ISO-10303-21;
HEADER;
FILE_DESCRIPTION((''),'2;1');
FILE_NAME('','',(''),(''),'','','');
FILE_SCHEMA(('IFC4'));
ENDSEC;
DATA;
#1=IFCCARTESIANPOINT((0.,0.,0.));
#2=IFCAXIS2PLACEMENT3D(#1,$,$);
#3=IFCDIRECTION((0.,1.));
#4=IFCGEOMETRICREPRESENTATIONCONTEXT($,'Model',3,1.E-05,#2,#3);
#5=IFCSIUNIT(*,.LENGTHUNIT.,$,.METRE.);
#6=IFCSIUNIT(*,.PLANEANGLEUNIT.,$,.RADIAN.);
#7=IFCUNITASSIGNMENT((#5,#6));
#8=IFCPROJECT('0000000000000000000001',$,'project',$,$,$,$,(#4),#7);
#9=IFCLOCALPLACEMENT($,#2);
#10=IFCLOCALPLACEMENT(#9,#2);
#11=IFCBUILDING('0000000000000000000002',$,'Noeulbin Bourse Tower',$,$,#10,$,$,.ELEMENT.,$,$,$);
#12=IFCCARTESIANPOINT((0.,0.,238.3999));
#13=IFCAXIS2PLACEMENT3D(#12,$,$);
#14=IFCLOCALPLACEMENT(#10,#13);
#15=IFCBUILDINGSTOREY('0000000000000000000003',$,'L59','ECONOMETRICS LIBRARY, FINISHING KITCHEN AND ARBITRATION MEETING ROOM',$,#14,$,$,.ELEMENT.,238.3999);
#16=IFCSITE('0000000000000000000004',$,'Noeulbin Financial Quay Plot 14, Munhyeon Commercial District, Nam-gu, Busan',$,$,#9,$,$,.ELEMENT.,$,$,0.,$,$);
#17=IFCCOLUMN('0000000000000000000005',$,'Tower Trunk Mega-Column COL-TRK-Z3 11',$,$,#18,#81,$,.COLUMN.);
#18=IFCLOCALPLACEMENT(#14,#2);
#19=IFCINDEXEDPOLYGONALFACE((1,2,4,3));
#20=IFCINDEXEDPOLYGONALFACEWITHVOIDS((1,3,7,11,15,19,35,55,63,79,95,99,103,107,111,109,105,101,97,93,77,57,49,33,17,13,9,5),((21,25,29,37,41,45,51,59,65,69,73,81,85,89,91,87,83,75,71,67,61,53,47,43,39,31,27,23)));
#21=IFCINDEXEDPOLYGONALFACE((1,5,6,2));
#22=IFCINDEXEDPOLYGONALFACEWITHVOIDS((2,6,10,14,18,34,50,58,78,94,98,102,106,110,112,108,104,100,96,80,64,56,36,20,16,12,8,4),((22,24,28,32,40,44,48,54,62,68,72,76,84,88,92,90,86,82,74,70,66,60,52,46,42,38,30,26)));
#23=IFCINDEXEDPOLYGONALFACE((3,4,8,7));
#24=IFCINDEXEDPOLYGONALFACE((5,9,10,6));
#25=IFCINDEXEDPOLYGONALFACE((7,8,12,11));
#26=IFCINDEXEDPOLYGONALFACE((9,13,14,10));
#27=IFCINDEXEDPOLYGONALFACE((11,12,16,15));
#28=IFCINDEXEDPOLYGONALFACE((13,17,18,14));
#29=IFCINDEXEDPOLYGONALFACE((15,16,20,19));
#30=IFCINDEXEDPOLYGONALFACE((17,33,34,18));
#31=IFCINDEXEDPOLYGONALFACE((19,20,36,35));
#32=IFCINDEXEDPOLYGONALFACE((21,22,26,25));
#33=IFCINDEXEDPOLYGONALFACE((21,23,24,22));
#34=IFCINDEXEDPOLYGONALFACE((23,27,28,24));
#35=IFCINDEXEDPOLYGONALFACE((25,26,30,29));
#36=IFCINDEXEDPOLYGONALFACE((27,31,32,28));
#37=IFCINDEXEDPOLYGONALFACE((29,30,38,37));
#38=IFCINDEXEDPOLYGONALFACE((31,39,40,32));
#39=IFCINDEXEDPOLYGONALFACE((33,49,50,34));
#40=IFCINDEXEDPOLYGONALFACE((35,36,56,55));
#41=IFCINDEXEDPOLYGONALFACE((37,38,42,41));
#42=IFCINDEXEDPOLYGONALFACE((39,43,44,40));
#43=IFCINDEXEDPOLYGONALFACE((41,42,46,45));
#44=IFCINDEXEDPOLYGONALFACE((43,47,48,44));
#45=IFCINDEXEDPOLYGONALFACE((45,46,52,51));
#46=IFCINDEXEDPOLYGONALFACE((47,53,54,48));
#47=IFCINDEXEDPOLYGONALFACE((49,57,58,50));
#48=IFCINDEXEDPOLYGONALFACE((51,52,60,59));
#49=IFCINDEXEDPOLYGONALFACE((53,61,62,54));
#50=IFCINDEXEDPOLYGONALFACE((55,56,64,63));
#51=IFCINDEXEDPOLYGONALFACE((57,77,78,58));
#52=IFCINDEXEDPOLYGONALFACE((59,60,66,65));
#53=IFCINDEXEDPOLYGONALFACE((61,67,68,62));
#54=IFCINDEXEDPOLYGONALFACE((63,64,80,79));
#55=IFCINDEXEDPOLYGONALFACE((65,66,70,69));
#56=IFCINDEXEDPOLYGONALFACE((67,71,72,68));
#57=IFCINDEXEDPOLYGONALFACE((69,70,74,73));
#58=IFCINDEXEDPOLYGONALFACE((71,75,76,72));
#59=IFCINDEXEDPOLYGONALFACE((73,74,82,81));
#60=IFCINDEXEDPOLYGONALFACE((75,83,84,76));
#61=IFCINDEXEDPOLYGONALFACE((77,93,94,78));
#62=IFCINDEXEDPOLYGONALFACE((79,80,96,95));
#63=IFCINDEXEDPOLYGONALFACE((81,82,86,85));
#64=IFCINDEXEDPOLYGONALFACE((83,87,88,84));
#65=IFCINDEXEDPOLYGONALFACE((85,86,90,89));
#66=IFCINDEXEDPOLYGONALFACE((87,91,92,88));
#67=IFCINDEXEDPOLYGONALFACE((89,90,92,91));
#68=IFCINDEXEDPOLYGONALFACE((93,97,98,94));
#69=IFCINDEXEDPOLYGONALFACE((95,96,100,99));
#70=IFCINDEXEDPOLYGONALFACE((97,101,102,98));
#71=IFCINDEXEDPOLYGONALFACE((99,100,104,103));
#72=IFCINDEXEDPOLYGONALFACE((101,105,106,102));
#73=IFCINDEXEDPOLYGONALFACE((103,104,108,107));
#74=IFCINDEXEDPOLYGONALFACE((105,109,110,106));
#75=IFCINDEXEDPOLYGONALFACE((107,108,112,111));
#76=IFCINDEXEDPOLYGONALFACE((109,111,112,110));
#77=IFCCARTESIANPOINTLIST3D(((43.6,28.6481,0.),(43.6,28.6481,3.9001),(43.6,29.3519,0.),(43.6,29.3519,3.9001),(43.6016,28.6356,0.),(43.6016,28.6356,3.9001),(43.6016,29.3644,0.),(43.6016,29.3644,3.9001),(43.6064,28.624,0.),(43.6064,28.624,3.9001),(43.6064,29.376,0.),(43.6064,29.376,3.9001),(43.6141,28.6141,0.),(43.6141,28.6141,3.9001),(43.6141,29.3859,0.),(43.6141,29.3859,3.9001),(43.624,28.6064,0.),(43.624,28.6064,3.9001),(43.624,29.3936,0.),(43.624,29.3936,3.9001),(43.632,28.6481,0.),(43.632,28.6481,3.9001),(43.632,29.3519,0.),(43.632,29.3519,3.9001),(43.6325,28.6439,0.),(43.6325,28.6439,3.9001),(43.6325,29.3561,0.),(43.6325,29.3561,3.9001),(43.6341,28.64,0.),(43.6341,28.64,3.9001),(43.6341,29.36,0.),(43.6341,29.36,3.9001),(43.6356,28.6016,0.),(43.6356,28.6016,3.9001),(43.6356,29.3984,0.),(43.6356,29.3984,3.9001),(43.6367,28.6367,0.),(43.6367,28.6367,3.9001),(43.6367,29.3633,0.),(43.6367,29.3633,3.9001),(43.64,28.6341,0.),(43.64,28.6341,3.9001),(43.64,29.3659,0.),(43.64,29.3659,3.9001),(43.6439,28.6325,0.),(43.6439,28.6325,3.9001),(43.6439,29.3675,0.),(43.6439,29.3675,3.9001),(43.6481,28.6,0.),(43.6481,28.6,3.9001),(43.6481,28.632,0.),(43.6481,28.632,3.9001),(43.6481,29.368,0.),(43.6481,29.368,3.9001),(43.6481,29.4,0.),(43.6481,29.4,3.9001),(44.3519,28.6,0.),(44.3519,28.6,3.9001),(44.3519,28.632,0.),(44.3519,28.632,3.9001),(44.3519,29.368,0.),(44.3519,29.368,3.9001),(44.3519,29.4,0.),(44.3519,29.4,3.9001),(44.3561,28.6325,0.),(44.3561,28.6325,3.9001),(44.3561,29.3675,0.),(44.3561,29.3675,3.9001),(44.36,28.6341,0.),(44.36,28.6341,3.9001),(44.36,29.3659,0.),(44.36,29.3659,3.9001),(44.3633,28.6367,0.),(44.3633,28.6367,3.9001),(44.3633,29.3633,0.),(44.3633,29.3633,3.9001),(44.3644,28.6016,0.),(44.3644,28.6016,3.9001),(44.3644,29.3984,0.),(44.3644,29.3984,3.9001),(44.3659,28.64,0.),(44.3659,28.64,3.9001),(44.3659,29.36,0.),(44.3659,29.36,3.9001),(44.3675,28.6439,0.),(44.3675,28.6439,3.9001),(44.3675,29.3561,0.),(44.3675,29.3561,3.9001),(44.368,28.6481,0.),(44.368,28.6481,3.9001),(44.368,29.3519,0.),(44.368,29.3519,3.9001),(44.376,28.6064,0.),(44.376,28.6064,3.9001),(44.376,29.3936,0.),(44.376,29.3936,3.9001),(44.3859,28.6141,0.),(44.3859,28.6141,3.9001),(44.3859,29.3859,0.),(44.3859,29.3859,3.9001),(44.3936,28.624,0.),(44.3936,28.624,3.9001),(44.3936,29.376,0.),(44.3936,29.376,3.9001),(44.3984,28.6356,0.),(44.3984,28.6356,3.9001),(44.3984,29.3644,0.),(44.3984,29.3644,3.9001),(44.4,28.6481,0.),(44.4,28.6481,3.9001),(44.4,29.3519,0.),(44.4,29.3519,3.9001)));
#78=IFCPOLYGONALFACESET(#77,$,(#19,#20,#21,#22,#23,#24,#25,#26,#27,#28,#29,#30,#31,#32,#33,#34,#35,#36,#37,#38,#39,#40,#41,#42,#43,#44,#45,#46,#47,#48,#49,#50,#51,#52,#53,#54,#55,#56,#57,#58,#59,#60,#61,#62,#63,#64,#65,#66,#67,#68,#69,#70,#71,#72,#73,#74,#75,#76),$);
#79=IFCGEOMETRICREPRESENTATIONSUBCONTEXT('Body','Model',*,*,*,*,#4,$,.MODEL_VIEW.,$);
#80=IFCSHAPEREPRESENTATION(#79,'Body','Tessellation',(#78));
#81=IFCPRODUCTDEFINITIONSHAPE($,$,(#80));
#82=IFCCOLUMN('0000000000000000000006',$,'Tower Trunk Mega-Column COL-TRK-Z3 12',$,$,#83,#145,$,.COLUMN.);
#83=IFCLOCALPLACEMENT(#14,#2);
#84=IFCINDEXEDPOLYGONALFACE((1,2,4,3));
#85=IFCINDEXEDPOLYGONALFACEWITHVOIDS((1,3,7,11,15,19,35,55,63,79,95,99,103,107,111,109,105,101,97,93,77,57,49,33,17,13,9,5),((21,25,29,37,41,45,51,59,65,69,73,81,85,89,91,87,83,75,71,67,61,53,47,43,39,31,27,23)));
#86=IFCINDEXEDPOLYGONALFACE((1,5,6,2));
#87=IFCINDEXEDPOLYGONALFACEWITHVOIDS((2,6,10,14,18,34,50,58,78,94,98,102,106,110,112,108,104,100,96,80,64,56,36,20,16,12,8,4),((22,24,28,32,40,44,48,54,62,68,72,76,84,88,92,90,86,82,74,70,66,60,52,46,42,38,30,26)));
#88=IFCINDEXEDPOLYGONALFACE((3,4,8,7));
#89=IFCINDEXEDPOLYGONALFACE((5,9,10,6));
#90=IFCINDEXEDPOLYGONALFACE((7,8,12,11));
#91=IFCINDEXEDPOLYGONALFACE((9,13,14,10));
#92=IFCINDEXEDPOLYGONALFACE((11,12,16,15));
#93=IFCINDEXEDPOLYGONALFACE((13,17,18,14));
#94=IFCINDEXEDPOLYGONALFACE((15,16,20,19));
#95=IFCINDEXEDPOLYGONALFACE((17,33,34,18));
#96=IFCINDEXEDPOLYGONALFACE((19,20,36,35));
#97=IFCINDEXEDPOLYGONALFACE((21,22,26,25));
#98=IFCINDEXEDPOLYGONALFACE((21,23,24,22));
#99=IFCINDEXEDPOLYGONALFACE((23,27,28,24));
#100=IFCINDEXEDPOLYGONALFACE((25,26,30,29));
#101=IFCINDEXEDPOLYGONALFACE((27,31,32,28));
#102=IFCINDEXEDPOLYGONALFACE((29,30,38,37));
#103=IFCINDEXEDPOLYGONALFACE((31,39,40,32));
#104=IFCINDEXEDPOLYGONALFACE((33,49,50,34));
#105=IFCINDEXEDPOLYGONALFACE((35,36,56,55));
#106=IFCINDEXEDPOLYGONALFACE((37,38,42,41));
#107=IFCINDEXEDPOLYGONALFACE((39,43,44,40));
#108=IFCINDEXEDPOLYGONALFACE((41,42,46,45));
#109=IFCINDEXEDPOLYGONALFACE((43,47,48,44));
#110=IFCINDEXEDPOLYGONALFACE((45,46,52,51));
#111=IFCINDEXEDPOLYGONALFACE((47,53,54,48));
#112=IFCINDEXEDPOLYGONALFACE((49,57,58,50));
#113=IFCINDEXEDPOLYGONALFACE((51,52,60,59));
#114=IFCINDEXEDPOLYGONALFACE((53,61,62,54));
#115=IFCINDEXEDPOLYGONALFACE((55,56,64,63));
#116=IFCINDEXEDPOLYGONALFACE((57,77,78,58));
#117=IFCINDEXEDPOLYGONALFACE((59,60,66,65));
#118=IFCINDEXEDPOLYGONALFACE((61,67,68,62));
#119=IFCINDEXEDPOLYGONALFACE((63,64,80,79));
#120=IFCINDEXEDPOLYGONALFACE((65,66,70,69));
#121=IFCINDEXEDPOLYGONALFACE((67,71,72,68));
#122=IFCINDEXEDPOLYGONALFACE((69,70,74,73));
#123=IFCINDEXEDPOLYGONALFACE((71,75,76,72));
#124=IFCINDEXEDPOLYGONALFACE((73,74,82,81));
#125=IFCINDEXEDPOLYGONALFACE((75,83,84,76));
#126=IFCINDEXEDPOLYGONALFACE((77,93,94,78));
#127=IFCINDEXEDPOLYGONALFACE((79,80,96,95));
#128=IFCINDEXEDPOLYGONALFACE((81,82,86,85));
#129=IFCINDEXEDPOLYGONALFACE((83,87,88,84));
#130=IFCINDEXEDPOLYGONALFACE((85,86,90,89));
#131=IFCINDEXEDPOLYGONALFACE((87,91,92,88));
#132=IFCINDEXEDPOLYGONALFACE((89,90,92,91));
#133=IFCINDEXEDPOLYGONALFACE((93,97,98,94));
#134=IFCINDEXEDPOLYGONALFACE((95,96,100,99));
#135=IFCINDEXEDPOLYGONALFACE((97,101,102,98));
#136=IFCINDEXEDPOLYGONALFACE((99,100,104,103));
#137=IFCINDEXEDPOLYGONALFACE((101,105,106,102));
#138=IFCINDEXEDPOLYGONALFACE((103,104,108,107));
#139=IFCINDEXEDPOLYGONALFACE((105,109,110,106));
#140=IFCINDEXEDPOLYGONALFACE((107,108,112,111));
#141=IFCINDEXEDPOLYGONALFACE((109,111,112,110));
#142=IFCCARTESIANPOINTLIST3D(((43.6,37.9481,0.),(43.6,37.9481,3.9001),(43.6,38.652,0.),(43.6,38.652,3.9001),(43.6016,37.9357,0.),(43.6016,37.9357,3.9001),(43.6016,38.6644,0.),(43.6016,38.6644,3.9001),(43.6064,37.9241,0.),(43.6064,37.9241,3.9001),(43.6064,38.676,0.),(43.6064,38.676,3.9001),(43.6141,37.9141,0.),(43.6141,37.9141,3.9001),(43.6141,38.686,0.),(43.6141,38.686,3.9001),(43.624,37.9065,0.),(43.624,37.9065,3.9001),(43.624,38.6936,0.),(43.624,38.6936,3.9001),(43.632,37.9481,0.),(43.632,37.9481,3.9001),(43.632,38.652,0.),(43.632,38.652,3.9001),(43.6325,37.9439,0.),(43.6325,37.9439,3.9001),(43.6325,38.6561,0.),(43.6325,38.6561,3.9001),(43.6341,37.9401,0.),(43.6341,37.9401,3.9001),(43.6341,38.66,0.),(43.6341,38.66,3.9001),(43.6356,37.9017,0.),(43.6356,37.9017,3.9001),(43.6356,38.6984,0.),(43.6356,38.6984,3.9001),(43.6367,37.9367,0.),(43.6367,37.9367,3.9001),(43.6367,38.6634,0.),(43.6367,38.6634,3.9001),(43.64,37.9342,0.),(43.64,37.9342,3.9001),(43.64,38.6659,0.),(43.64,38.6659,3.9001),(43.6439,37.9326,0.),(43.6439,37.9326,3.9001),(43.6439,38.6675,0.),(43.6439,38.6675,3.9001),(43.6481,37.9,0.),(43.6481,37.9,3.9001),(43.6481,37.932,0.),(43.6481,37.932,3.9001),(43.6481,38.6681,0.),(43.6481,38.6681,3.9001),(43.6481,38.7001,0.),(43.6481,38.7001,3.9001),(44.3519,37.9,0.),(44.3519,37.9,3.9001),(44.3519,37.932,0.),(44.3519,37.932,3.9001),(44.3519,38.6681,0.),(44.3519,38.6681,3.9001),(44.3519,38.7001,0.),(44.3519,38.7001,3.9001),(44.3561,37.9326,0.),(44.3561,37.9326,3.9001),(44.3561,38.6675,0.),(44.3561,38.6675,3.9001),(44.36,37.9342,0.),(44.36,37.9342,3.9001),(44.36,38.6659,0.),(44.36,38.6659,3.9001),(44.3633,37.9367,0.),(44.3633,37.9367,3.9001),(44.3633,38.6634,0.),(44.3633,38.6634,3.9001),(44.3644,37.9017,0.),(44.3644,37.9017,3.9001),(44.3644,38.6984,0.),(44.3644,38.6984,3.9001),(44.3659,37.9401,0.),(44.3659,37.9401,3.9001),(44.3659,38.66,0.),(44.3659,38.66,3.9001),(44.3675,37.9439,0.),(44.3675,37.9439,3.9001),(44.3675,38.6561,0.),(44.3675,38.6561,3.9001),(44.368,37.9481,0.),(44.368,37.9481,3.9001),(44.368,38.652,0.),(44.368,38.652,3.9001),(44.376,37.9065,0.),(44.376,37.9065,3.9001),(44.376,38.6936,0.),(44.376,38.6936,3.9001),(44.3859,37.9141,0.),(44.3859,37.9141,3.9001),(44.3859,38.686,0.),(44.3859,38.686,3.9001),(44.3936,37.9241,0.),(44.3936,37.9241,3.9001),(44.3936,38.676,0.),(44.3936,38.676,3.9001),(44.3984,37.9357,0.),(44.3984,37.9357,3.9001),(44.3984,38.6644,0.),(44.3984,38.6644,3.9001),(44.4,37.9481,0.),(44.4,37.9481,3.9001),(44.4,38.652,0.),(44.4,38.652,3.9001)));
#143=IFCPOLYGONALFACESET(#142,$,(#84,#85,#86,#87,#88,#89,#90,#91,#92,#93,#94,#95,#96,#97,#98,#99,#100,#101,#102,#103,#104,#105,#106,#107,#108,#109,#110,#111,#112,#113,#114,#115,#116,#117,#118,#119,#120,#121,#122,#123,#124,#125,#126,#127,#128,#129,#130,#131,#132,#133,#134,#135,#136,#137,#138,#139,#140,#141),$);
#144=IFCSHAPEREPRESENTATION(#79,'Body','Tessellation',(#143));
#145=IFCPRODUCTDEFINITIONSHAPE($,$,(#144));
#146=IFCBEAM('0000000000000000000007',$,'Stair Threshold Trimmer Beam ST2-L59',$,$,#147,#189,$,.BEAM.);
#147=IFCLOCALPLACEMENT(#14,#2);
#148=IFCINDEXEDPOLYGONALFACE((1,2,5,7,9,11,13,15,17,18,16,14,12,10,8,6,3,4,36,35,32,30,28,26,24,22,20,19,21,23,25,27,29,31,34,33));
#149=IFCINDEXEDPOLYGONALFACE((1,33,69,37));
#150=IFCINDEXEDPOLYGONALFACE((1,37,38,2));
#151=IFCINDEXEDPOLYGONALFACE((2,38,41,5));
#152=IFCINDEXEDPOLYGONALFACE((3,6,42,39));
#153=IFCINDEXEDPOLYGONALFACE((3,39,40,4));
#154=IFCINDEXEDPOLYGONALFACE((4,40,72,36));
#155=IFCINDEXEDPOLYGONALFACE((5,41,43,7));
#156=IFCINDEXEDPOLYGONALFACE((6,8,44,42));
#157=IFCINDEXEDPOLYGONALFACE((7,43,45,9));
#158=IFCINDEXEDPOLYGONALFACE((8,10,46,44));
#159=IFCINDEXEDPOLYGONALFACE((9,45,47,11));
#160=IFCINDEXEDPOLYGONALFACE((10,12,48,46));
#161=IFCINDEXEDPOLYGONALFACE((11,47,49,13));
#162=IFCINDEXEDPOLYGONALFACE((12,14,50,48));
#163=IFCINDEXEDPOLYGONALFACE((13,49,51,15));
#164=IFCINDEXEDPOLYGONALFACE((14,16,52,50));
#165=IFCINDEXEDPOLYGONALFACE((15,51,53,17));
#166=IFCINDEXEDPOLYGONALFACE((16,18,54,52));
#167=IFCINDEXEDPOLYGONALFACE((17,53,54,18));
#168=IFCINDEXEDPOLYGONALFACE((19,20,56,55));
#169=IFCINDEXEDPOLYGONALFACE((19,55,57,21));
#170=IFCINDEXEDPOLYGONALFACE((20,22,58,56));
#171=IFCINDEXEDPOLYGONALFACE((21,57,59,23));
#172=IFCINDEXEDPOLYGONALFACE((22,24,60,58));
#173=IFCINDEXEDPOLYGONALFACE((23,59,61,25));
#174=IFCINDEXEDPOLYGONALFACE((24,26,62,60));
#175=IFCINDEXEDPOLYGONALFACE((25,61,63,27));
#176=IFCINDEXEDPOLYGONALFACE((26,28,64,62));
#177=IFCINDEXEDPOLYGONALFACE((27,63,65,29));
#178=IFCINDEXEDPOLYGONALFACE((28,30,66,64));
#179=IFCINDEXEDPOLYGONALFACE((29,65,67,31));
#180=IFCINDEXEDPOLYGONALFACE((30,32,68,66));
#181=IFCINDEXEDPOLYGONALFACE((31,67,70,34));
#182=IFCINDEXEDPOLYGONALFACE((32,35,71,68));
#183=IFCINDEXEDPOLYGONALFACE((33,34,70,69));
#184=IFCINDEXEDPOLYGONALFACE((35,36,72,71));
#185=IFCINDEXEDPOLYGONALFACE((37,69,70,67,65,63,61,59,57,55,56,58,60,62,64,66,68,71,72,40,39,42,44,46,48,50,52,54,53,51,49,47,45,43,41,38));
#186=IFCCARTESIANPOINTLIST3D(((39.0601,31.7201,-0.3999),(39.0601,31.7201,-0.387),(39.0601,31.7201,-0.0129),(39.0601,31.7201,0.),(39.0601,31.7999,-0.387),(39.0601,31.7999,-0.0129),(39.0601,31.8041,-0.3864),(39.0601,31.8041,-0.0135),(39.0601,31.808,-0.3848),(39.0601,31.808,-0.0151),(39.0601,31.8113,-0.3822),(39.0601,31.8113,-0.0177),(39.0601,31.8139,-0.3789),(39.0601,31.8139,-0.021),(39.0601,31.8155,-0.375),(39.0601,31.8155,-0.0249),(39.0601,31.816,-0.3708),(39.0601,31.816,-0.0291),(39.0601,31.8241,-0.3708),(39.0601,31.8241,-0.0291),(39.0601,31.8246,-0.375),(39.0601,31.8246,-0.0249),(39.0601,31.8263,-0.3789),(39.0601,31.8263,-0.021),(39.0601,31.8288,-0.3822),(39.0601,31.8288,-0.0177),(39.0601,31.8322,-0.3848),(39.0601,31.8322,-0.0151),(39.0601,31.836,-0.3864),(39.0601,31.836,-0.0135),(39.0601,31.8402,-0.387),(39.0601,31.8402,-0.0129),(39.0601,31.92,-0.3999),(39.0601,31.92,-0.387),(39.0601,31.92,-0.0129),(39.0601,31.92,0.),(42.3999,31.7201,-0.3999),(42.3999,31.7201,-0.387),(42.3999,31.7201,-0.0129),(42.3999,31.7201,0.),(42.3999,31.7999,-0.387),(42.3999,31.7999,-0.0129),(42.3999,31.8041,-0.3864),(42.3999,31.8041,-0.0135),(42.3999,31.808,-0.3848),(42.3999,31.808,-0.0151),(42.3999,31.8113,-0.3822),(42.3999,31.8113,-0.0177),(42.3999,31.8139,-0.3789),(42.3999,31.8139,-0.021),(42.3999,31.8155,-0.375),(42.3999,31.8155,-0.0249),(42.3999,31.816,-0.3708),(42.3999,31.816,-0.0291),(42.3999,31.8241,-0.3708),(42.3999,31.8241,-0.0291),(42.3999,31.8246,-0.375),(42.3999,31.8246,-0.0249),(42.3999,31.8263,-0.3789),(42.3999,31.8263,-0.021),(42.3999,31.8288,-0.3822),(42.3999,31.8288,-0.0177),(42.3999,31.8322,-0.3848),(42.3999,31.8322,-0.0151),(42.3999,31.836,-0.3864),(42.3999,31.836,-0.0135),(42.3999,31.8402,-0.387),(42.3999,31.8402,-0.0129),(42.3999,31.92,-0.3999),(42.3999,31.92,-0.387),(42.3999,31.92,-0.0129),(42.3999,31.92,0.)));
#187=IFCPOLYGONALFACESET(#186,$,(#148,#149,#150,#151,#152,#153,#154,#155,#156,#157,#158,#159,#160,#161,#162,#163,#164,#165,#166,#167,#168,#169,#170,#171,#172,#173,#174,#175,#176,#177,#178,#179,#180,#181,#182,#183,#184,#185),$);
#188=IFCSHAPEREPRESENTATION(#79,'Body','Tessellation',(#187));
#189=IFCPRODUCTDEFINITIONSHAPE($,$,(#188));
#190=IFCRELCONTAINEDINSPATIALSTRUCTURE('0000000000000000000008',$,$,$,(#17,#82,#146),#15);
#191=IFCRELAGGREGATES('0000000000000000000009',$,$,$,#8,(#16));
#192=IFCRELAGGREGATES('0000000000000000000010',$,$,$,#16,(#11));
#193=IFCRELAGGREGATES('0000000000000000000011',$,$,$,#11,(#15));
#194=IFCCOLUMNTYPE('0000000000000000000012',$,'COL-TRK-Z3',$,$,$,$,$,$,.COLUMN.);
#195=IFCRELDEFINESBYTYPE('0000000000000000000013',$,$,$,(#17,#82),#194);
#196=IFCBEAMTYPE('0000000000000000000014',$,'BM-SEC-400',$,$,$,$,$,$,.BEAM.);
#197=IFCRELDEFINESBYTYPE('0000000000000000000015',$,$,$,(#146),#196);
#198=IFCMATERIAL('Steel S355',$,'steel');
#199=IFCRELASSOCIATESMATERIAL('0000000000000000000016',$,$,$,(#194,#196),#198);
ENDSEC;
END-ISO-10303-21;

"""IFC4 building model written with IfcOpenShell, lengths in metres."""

from ifc_helpers import new_model, si_unit, direction, frame, origin, origin_2d, place, context, subcontext, project, spatial, hollow_rectangle, i_section, extrude, material, material_profile, profile_set, type_object, element, save


model = new_model("IFC4")

# Units and contexts
model_context = context("Model", 3, precision=1e-05, world=origin(), true_north=direction((0.0, 1.0)))
body_context = subcontext(model_context, "Body", "Model", "MODEL_VIEW")
ifc_project = project(units=[si_unit("LENGTHUNIT", "METRE"), si_unit("PLANEANGLEUNIT", "RADIAN")], contexts=[model_context])

# Site, building, storey
site_placement = place(None, origin())
site = spatial("IfcSite", under=ifc_project, at=site_placement, Name="Noeulbin Financial Quay Plot 14, Munhyeon Commercial District, Nam-gu, Busan", CompositionType="ELEMENT", RefElevation=0.0)
building_placement = place(site_placement, origin())
building = spatial("IfcBuilding", under=site, at=building_placement, Name="Noeulbin Bourse Tower", CompositionType="ELEMENT")
storey_placement = place(building_placement, frame((0.0, 0.0, 238.3999)))
storey = spatial("IfcBuildingStorey", under=building, at=storey_placement, Name="L59", Description="ECONOMETRICS LIBRARY, FINISHING KITCHEN AND ARBITRATION MEETING ROOM", CompositionType="ELEMENT", Elevation=238.3999)

# Columns
ifc_material_1 = material(Name="Steel S355", Category="steel")
ifc_material_profile_1 = material_profile(ifc_material_1, hollow_rectangle(XDim=0.8, YDim=0.8, WallThickness=0.032, InnerFilletRadius=0.0161, OuterFilletRadius=0.0481, at=origin_2d()), Name="BOX-800x800x32", Category="LoadBearing")
ifc_profile_set_1 = profile_set([ifc_material_profile_1], Name="Steel S355")
column_type = type_object("IfcColumnType", Name="COL-TRK-Z3", PredefinedType="COLUMN", material=ifc_profile_set_1)
for number, where, z_axis, x_axis, name in (
    (1, (44.0, 29.0, 0.0), (0.0, 0.0, 1.0), (1.0, 0.0, 0.0), "Tower Trunk Mega-Column COL-TRK-Z3 11"),
    (2, (44.0, 38.3, 0.0), (0.0, 0.0, 1.0), (1.0, 0.0, 0.0), "Tower Trunk Mega-Column COL-TRK-Z3 12"),
):
    element("IfcColumn", number, at=place(storey_placement, frame(where, z_axis=z_axis, x_axis=x_axis)), inside=storey, type_object=column_type, Name=name, PredefinedType="COLUMN", context=body_context, shape_type="SweptSolid", body=[
        extrude(hollow_rectangle(XDim=0.8, YDim=0.8, WallThickness=0.032, InnerFilletRadius=0.0161, OuterFilletRadius=0.0481, at=origin_2d()), origin(), (0.0, 0.0, 1.0), 3.9001),
    ])

# Beam
ifc_material_profile_2 = material_profile(ifc_material_1, i_section(OverallWidth=0.2, OverallDepth=0.3999, WebThickness=0.0081, FlangeThickness=0.0129, FilletRadius=0.0161, at=origin_2d()), Name="H-400x200x8x13", Category="LoadBearing")
ifc_profile_set_2 = profile_set([ifc_material_profile_2], Name="Steel S355")
beam_type = type_object("IfcBeamType", Name="BM-SEC-400", PredefinedType="BEAM", material=ifc_profile_set_2)
beam_placement = place(storey_placement, frame((39.0601, 31.8201, -0.2), z_axis=(1.0, 0.0, 0.0), x_axis=(0.0, 1.0, 0.0)))
element("IfcBeam", 3, at=beam_placement, inside=storey, type_object=beam_type, Name="Stair Threshold Trimmer Beam ST2-L59", PredefinedType="BEAM", context=body_context, shape_type="SweptSolid", body=[
    extrude(i_section(OverallWidth=0.2, OverallDepth=0.3999, WebThickness=0.0081, FlangeThickness=0.0129, FilletRadius=0.0161, at=origin_2d()), origin(), (0.0, 0.0, 1.0), 3.3398),
])

save(model, "model.ifc")
